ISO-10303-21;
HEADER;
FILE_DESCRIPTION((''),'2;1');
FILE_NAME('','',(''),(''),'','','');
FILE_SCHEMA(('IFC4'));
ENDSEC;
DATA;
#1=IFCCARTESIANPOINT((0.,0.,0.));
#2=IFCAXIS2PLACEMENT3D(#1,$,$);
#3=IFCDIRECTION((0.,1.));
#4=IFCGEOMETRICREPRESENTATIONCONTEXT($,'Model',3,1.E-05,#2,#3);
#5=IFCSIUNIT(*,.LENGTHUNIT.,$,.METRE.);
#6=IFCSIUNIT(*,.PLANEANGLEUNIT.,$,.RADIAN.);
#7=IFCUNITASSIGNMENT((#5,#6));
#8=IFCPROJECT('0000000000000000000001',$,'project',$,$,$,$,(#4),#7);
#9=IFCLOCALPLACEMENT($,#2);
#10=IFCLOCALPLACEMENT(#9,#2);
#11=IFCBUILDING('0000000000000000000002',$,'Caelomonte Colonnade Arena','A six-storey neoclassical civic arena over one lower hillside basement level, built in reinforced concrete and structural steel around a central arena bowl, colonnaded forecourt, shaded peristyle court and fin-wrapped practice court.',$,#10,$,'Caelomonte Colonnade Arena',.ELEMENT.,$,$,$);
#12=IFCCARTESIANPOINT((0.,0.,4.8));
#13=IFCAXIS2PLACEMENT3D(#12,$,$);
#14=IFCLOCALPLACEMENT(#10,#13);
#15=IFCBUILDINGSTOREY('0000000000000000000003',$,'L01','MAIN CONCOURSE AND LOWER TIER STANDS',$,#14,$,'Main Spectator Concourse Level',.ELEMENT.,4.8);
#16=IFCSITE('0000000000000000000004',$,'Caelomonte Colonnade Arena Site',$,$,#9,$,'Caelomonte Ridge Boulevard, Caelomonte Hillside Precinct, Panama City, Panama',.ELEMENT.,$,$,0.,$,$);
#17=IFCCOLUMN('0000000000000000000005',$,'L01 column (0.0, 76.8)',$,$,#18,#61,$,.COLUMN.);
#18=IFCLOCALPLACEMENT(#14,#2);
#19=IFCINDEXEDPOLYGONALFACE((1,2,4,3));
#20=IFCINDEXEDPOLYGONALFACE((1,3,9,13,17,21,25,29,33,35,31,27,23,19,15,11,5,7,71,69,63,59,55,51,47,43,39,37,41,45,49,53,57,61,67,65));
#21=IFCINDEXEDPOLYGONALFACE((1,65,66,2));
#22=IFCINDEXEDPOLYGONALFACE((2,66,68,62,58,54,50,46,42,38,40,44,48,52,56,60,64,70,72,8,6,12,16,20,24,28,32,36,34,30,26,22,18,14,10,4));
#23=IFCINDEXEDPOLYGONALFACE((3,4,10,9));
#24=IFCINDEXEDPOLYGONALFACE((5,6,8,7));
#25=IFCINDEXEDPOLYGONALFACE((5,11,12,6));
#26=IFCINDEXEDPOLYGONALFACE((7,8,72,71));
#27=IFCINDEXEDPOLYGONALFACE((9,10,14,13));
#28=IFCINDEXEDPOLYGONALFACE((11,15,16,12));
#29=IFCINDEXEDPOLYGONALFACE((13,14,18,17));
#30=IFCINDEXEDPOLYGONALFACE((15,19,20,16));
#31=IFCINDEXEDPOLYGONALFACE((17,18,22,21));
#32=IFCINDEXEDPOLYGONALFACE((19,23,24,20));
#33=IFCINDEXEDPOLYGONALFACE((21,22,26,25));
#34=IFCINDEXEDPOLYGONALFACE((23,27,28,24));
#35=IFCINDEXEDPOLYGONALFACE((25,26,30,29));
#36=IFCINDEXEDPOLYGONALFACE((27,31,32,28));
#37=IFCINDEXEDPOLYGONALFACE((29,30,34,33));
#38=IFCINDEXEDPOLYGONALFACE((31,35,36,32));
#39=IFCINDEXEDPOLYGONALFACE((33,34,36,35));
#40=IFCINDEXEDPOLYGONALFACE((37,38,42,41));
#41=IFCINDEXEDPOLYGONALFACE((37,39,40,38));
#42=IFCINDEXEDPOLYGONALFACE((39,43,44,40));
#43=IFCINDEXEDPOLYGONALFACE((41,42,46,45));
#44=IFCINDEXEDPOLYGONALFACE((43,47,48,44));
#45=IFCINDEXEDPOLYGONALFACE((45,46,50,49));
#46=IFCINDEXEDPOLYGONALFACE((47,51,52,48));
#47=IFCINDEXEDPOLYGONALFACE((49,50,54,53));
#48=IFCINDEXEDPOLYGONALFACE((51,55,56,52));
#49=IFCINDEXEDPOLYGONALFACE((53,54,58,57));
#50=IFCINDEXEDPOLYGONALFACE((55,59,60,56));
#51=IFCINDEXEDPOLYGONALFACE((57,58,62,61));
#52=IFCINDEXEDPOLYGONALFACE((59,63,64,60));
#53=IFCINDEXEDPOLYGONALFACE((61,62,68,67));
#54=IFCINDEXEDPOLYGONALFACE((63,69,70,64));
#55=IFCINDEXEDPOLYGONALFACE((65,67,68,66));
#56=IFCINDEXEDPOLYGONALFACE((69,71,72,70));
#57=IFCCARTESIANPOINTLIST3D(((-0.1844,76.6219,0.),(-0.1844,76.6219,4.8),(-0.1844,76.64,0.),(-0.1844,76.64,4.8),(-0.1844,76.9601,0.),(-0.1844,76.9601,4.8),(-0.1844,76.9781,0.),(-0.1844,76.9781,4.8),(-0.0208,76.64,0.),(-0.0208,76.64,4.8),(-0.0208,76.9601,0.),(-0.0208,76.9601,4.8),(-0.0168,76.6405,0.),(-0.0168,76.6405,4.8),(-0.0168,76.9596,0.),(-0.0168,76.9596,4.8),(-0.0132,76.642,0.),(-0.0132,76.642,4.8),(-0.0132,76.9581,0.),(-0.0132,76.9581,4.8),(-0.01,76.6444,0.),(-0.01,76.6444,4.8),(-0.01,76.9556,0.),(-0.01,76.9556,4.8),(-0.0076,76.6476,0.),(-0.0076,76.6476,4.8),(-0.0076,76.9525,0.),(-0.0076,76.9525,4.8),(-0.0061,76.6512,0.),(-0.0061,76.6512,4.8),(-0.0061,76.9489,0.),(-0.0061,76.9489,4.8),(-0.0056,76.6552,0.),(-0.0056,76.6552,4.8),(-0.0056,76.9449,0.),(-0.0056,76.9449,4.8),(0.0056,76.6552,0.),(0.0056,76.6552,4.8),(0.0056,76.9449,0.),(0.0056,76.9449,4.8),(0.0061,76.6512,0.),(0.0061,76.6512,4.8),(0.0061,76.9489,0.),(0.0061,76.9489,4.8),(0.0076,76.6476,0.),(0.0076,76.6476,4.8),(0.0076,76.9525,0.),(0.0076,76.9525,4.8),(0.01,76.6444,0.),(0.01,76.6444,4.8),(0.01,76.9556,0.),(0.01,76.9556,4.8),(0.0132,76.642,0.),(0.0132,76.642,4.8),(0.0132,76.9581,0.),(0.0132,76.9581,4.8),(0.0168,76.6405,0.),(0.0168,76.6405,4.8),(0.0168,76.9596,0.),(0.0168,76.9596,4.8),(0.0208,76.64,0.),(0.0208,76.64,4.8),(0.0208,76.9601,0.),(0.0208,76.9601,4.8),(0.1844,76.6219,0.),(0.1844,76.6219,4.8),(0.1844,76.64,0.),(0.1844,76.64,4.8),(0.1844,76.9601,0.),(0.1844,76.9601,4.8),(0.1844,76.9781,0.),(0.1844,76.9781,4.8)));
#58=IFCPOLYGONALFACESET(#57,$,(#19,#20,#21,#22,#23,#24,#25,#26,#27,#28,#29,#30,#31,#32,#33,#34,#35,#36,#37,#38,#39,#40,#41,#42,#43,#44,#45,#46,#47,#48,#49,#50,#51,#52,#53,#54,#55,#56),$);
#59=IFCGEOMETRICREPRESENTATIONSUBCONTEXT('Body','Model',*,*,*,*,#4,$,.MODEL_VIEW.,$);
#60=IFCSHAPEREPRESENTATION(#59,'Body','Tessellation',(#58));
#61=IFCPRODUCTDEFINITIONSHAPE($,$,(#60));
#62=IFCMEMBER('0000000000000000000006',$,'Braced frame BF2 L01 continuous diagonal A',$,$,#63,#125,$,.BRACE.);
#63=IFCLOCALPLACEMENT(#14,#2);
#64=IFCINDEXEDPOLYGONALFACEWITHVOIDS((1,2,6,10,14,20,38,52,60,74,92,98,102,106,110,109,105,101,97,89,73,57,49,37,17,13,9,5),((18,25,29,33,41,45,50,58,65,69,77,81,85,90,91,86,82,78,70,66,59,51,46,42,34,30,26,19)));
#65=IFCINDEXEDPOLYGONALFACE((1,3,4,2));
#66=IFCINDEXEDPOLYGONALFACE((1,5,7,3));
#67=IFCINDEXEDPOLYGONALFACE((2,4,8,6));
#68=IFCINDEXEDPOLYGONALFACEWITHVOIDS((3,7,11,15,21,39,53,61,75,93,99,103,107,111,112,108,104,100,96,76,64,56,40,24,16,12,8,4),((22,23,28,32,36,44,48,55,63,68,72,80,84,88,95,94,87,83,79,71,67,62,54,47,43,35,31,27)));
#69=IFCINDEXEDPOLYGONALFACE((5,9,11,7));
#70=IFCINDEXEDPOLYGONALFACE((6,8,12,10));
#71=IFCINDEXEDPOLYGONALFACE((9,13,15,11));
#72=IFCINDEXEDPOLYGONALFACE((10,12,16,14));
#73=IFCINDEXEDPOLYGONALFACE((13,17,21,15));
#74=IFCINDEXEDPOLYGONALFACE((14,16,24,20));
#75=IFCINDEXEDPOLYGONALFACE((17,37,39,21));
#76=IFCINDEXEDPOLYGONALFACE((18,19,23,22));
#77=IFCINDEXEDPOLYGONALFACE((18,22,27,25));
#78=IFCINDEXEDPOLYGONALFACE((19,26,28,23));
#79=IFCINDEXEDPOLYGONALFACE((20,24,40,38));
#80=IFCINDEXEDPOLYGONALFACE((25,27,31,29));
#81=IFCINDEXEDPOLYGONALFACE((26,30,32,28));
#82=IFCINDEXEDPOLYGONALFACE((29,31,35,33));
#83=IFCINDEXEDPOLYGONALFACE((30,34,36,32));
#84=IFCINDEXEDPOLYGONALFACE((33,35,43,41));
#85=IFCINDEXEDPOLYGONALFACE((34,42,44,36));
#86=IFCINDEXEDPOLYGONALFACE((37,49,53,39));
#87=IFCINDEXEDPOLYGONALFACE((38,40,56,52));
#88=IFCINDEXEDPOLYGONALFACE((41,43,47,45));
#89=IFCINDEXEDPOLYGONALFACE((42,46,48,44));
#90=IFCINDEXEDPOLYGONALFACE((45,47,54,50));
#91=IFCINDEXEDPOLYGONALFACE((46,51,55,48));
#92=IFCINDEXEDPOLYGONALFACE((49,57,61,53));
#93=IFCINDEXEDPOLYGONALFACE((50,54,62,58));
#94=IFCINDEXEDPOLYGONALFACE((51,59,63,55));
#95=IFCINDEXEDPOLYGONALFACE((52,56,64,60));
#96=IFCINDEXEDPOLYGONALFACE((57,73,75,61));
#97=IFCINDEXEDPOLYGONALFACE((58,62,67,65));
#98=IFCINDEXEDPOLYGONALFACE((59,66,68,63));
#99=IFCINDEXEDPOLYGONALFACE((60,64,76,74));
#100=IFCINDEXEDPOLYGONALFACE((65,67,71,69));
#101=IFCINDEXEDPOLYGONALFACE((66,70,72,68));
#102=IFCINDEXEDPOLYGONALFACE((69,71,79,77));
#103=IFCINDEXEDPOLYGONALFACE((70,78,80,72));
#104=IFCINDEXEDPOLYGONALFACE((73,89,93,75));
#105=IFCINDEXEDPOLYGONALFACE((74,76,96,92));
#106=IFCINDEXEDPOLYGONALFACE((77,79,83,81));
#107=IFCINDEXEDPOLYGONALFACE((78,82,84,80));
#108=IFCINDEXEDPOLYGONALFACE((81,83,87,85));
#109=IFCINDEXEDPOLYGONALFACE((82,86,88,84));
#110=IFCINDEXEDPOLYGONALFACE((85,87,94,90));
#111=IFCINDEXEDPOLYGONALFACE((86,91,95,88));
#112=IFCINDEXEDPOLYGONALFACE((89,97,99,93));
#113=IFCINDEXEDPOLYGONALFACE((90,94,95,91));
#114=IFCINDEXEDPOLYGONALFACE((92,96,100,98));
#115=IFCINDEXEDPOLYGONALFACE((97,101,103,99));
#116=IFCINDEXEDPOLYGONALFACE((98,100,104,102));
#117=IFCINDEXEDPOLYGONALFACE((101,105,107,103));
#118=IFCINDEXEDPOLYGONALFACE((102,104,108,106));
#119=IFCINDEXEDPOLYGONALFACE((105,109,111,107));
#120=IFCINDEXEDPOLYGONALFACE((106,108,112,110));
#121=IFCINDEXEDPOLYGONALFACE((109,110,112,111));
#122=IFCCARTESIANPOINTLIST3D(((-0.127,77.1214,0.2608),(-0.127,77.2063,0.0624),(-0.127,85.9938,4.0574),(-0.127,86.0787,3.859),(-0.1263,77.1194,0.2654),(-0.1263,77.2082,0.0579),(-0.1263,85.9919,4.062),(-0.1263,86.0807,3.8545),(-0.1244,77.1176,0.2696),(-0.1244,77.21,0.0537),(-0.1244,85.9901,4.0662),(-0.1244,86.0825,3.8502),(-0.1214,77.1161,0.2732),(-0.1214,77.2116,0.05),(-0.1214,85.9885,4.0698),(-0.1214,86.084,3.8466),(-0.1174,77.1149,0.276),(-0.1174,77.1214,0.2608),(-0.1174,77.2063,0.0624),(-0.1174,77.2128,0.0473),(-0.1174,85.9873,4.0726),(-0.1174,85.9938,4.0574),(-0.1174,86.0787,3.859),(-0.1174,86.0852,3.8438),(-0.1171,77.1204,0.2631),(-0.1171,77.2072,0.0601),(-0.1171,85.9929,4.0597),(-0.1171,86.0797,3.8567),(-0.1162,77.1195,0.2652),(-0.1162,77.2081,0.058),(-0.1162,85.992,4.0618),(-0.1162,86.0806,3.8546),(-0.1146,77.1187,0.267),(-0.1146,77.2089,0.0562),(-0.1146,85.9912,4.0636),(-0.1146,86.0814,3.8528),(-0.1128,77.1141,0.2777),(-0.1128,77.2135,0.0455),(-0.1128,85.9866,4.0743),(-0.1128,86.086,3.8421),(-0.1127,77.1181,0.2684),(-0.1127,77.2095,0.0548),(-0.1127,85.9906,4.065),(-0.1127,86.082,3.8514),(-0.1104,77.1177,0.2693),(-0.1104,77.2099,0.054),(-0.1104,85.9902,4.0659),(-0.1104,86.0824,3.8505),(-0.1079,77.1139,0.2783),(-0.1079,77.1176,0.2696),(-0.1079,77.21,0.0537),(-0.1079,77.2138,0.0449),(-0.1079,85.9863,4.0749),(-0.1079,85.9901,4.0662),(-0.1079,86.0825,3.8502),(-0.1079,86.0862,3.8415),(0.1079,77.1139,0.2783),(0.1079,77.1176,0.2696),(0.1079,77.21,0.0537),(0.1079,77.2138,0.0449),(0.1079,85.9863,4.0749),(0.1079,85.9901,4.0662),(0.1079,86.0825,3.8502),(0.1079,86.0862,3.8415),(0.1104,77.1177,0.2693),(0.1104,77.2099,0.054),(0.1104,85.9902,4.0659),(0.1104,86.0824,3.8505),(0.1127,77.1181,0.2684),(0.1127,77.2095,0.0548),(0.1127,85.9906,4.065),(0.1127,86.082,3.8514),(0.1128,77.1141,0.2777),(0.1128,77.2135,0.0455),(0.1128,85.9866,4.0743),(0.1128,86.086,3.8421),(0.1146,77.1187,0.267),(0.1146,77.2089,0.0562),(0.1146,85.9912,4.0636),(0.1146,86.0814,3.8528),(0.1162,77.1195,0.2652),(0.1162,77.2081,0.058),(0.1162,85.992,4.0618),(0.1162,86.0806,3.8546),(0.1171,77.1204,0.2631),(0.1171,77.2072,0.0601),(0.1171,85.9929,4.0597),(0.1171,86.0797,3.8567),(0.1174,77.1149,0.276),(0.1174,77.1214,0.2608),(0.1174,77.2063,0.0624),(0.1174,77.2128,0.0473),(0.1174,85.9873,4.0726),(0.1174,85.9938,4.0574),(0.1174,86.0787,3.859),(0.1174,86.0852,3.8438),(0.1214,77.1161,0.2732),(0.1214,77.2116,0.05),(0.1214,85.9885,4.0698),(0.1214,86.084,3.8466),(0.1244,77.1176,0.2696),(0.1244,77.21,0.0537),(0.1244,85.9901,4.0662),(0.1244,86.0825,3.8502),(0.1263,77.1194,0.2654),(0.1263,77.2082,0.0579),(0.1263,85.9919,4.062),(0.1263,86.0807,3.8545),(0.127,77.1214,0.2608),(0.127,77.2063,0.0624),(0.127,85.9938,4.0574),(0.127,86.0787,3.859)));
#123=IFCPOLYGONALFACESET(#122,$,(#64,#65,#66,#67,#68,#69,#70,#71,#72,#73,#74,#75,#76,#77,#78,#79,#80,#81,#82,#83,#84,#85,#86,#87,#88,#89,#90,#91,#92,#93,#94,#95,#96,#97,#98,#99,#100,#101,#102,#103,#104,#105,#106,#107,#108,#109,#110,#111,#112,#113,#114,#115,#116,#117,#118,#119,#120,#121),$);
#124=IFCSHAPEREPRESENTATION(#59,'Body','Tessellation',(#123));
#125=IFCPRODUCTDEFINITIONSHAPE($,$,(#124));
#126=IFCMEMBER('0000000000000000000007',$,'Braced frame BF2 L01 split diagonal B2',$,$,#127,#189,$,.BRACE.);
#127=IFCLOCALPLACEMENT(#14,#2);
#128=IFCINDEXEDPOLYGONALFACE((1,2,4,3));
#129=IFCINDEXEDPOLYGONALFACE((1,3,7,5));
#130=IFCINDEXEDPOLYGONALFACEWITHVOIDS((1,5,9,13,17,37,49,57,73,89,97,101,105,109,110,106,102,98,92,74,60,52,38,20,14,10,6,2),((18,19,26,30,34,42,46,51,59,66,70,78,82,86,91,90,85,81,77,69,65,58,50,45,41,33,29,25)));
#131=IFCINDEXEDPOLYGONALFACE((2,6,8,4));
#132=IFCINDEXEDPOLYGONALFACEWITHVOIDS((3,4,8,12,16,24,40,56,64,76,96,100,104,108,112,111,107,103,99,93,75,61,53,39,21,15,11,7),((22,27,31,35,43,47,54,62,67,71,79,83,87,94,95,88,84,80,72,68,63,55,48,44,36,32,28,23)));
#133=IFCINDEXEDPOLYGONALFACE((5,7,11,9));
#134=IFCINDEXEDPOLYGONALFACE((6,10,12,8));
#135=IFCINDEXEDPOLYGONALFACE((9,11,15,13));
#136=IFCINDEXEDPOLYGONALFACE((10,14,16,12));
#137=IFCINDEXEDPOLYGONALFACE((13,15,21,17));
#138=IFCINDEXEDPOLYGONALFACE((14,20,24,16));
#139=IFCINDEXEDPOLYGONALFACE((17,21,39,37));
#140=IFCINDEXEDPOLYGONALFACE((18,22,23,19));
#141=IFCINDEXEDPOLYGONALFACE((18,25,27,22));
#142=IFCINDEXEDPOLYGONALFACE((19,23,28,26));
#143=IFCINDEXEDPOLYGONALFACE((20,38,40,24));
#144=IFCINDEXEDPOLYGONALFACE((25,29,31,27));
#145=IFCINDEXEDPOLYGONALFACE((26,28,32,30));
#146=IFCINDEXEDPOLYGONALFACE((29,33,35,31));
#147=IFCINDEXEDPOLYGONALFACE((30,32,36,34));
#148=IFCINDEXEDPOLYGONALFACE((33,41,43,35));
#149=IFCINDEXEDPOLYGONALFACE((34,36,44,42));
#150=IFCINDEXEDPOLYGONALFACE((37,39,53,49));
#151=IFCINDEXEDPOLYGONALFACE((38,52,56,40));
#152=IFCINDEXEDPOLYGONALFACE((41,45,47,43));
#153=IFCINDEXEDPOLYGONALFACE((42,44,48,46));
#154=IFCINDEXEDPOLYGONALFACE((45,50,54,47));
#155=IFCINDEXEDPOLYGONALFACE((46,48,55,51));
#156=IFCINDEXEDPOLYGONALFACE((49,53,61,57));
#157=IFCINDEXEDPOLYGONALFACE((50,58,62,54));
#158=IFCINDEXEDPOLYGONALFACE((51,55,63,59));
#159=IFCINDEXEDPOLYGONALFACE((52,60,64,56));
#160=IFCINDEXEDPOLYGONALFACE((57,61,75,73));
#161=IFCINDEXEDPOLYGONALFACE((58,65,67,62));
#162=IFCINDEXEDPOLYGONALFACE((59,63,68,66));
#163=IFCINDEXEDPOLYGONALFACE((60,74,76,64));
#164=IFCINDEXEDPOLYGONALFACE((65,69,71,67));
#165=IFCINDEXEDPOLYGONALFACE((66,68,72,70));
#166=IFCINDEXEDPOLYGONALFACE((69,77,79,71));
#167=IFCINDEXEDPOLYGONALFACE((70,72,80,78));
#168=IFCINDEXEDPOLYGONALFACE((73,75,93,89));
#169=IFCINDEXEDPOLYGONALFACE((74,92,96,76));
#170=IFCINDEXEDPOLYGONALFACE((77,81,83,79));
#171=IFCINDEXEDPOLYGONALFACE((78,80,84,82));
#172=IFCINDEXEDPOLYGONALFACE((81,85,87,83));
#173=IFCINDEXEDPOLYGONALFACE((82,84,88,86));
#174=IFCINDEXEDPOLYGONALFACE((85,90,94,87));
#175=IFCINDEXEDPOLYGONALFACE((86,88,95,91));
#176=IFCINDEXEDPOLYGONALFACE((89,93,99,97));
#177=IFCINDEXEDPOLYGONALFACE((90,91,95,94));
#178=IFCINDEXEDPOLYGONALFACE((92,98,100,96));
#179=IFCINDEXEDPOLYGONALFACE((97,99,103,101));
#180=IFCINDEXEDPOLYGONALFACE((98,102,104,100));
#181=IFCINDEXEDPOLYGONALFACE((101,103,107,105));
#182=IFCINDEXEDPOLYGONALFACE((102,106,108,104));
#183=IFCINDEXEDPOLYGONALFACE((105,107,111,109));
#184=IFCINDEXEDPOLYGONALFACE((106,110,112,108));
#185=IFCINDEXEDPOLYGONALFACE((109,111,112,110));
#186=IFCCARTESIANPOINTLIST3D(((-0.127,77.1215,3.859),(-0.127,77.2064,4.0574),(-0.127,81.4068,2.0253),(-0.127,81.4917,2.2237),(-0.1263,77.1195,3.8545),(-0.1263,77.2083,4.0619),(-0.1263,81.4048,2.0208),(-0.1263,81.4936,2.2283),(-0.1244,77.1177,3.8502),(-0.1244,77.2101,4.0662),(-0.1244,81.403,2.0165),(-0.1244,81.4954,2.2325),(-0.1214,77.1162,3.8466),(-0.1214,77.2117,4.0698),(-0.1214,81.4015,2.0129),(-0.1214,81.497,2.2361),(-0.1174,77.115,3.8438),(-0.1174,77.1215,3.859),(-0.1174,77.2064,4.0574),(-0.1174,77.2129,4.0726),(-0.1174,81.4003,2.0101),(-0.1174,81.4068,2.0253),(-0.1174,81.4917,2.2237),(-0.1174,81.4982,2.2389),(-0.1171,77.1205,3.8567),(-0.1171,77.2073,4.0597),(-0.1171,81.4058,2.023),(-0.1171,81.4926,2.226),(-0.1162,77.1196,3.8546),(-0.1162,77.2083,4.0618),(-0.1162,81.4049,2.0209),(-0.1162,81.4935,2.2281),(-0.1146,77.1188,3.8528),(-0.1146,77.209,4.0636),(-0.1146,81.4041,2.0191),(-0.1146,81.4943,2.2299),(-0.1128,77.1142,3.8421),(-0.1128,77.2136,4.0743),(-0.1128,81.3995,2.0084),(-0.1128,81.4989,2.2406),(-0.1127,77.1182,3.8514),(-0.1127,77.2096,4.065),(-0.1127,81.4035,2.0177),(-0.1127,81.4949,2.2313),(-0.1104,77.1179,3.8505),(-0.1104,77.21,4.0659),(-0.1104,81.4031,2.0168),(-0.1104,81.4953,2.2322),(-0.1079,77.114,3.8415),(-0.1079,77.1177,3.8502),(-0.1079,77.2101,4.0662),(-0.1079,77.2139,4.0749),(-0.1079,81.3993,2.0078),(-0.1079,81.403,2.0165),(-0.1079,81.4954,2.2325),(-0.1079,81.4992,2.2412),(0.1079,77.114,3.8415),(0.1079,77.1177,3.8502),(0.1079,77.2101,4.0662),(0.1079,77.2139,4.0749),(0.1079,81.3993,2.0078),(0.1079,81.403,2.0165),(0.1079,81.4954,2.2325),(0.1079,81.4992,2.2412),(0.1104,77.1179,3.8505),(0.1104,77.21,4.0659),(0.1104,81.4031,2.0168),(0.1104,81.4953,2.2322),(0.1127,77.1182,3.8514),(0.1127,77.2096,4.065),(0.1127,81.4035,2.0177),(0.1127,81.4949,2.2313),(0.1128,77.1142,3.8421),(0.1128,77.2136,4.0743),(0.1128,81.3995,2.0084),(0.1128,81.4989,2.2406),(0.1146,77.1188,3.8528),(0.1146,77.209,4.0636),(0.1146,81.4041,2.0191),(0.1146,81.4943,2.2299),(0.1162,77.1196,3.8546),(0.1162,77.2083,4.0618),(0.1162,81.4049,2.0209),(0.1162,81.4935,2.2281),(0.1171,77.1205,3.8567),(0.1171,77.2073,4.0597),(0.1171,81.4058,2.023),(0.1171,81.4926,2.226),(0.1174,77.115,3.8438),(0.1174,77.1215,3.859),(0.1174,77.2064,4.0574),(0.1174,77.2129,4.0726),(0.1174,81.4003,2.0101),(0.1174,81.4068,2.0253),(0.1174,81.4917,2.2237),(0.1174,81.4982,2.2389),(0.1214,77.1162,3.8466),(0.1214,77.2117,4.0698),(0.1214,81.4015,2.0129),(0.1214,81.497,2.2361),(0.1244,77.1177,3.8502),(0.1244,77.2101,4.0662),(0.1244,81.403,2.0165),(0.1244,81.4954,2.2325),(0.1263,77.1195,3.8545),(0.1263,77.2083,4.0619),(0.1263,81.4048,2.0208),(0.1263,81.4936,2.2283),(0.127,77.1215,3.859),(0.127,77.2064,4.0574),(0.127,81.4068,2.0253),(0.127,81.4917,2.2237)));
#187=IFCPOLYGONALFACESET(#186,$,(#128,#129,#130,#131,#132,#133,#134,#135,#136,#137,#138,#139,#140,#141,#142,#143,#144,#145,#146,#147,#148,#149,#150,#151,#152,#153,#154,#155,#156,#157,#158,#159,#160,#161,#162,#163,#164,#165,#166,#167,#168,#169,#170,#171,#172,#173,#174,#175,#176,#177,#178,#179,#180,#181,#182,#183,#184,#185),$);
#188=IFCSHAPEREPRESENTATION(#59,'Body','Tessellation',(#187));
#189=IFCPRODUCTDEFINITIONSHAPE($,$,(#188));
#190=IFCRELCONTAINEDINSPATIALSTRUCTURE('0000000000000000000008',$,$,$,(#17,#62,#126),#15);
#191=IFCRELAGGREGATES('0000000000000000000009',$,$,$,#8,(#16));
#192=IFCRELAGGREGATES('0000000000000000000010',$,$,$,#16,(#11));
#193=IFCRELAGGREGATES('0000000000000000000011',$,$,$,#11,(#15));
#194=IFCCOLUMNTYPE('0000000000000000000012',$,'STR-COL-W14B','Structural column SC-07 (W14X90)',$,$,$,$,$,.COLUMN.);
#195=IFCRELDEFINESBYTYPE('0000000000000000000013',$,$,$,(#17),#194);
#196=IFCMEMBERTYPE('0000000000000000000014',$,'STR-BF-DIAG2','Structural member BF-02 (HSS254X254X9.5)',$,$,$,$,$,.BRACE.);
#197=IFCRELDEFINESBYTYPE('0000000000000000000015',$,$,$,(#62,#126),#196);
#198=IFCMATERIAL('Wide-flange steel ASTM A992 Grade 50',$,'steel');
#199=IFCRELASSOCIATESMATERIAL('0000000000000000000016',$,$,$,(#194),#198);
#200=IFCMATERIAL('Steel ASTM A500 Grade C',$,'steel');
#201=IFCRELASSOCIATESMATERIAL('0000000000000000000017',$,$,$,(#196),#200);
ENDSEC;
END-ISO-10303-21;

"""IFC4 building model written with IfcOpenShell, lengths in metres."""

from ifc_helpers import new_model, si_unit, direction, frame, origin, origin_2d, place, context, subcontext, project, spatial, hollow_rectangle, i_section, extrude, material, material_profile, profile_set, type_object, element, save


model = new_model("IFC4")

# Units and contexts
model_context = context("Model", 3, precision=1e-05, world=origin(), true_north=direction((0.0, 1.0)))
body_context = subcontext(model_context, "Body", "Model", "MODEL_VIEW")
ifc_project = project(units=[si_unit("LENGTHUNIT", "METRE"), si_unit("PLANEANGLEUNIT", "RADIAN")], contexts=[model_context])

# Site, building, storey
site_placement = place(None, origin())
site = spatial("IfcSite", under=ifc_project, at=site_placement, Name="Caelomonte Colonnade Arena Site", LongName="Caelomonte Ridge Boulevard, Caelomonte Hillside Precinct, Panama City, Panama", CompositionType="ELEMENT", RefElevation=0.0)
building_placement = place(site_placement, origin())
building = spatial("IfcBuilding", under=site, at=building_placement, Name="Caelomonte Colonnade Arena", Description="A six-storey neoclassical civic arena over one lower hillside basement level, built in reinforced concrete and structural steel around a central arena bowl, colonnaded forecourt, shaded peristyle court and fin-wrapped practice court.", LongName="Caelomonte Colonnade Arena", CompositionType="ELEMENT")
storey_placement = place(building_placement, frame((0.0, 0.0, 4.8)))
storey = spatial("IfcBuildingStorey", under=building, at=storey_placement, Name="L01", Description="MAIN CONCOURSE AND LOWER TIER STANDS", LongName="Main Spectator Concourse Level", CompositionType="ELEMENT", Elevation=4.8)

# Column
ifc_material_1 = material(Name="Wide-flange steel ASTM A992 Grade 50", Category="steel")
ifc_material_profile_1 = material_profile(ifc_material_1, i_section(OverallWidth=0.3689, OverallDepth=0.3562, WebThickness=0.0112, FlangeThickness=0.0181, FilletRadius=0.0151, at=origin_2d()), Name="W14X90")
ifc_profile_set_1 = profile_set([ifc_material_profile_1], Name="Wide-flange steel ASTM A992 Grade 50")
column_type = type_object("IfcColumnType", Name="STR-COL-W14B", Description="Structural column SC-07 (W14X90)", PredefinedType="COLUMN", material=ifc_profile_set_1)
column_placement = place(storey_placement, frame((0.0, 76.8, 0.0), z_axis=(0.0, 0.0, 1.0), x_axis=(1.0, 0.0, 0.0)))
element("IfcColumn", 1, at=column_placement, inside=storey, type_object=column_type, Name="L01 column (0.0, 76.8)", PredefinedType="COLUMN", context=body_context, shape_type="SweptSolid", body=[
    extrude(i_section(OverallWidth=0.3689, OverallDepth=0.3562, WebThickness=0.0112, FlangeThickness=0.0181, FilletRadius=0.0151, at=origin_2d()), origin(), (0.0, 0.0, 1.0), 4.8),
])

# Members
ifc_material_2 = material(Name="Steel ASTM A500 Grade C", Category="steel")
ifc_material_profile_2 = material_profile(ifc_material_2, hollow_rectangle(XDim=0.2539, YDim=0.2539, WallThickness=0.0095, InnerFilletRadius=0.0095, OuterFilletRadius=0.019, at=origin_2d()), Name="HSS254X254X9.5")
ifc_profile_set_2 = profile_set([ifc_material_profile_2], Name="Steel ASTM A500 Grade C")
member_type = type_object("IfcMemberType", Name="STR-BF-DIAG2", Description="Structural member BF-02 (HSS254X254X9.5)", PredefinedType="BRACE", material=ifc_profile_set_2)
member_1_placement = place(storey_placement, frame((0.0, 77.1638, 0.1616), z_axis=(0.0, 0.919366, 0.393403), x_axis=(-1.0, 0.0, 0.0)))
element("IfcMember", 2, at=member_1_placement, inside=storey, type_object=member_type, Name="Braced frame BF2 L01 continuous diagonal A", PredefinedType="BRACE", context=body_context, shape_type="SweptSolid", body=[
    extrude(hollow_rectangle(XDim=0.2539, YDim=0.2539, WallThickness=0.0095, InnerFilletRadius=0.0095, OuterFilletRadius=0.019, at=origin_2d()), origin(), (0.0, 0.0, 1.0), 9.6506),
])
member_2_placement = place(storey_placement, frame((0.0, 81.4492, 2.1245), z_axis=(0.0, -0.919367, 0.393401), x_axis=(1.0, 0.0, 0.0)))
element("IfcMember", 3, at=member_2_placement, inside=storey, type_object=member_type, Name="Braced frame BF2 L01 split diagonal B2", PredefinedType="BRACE", context=body_context, shape_type="SweptSolid", body=[
    extrude(hollow_rectangle(XDim=0.2539, YDim=0.2539, WallThickness=0.0095, InnerFilletRadius=0.0095, OuterFilletRadius=0.019, at=origin_2d()), origin(), (0.0, 0.0, 1.0), 4.6611),
])

save(model, "model.ifc")
